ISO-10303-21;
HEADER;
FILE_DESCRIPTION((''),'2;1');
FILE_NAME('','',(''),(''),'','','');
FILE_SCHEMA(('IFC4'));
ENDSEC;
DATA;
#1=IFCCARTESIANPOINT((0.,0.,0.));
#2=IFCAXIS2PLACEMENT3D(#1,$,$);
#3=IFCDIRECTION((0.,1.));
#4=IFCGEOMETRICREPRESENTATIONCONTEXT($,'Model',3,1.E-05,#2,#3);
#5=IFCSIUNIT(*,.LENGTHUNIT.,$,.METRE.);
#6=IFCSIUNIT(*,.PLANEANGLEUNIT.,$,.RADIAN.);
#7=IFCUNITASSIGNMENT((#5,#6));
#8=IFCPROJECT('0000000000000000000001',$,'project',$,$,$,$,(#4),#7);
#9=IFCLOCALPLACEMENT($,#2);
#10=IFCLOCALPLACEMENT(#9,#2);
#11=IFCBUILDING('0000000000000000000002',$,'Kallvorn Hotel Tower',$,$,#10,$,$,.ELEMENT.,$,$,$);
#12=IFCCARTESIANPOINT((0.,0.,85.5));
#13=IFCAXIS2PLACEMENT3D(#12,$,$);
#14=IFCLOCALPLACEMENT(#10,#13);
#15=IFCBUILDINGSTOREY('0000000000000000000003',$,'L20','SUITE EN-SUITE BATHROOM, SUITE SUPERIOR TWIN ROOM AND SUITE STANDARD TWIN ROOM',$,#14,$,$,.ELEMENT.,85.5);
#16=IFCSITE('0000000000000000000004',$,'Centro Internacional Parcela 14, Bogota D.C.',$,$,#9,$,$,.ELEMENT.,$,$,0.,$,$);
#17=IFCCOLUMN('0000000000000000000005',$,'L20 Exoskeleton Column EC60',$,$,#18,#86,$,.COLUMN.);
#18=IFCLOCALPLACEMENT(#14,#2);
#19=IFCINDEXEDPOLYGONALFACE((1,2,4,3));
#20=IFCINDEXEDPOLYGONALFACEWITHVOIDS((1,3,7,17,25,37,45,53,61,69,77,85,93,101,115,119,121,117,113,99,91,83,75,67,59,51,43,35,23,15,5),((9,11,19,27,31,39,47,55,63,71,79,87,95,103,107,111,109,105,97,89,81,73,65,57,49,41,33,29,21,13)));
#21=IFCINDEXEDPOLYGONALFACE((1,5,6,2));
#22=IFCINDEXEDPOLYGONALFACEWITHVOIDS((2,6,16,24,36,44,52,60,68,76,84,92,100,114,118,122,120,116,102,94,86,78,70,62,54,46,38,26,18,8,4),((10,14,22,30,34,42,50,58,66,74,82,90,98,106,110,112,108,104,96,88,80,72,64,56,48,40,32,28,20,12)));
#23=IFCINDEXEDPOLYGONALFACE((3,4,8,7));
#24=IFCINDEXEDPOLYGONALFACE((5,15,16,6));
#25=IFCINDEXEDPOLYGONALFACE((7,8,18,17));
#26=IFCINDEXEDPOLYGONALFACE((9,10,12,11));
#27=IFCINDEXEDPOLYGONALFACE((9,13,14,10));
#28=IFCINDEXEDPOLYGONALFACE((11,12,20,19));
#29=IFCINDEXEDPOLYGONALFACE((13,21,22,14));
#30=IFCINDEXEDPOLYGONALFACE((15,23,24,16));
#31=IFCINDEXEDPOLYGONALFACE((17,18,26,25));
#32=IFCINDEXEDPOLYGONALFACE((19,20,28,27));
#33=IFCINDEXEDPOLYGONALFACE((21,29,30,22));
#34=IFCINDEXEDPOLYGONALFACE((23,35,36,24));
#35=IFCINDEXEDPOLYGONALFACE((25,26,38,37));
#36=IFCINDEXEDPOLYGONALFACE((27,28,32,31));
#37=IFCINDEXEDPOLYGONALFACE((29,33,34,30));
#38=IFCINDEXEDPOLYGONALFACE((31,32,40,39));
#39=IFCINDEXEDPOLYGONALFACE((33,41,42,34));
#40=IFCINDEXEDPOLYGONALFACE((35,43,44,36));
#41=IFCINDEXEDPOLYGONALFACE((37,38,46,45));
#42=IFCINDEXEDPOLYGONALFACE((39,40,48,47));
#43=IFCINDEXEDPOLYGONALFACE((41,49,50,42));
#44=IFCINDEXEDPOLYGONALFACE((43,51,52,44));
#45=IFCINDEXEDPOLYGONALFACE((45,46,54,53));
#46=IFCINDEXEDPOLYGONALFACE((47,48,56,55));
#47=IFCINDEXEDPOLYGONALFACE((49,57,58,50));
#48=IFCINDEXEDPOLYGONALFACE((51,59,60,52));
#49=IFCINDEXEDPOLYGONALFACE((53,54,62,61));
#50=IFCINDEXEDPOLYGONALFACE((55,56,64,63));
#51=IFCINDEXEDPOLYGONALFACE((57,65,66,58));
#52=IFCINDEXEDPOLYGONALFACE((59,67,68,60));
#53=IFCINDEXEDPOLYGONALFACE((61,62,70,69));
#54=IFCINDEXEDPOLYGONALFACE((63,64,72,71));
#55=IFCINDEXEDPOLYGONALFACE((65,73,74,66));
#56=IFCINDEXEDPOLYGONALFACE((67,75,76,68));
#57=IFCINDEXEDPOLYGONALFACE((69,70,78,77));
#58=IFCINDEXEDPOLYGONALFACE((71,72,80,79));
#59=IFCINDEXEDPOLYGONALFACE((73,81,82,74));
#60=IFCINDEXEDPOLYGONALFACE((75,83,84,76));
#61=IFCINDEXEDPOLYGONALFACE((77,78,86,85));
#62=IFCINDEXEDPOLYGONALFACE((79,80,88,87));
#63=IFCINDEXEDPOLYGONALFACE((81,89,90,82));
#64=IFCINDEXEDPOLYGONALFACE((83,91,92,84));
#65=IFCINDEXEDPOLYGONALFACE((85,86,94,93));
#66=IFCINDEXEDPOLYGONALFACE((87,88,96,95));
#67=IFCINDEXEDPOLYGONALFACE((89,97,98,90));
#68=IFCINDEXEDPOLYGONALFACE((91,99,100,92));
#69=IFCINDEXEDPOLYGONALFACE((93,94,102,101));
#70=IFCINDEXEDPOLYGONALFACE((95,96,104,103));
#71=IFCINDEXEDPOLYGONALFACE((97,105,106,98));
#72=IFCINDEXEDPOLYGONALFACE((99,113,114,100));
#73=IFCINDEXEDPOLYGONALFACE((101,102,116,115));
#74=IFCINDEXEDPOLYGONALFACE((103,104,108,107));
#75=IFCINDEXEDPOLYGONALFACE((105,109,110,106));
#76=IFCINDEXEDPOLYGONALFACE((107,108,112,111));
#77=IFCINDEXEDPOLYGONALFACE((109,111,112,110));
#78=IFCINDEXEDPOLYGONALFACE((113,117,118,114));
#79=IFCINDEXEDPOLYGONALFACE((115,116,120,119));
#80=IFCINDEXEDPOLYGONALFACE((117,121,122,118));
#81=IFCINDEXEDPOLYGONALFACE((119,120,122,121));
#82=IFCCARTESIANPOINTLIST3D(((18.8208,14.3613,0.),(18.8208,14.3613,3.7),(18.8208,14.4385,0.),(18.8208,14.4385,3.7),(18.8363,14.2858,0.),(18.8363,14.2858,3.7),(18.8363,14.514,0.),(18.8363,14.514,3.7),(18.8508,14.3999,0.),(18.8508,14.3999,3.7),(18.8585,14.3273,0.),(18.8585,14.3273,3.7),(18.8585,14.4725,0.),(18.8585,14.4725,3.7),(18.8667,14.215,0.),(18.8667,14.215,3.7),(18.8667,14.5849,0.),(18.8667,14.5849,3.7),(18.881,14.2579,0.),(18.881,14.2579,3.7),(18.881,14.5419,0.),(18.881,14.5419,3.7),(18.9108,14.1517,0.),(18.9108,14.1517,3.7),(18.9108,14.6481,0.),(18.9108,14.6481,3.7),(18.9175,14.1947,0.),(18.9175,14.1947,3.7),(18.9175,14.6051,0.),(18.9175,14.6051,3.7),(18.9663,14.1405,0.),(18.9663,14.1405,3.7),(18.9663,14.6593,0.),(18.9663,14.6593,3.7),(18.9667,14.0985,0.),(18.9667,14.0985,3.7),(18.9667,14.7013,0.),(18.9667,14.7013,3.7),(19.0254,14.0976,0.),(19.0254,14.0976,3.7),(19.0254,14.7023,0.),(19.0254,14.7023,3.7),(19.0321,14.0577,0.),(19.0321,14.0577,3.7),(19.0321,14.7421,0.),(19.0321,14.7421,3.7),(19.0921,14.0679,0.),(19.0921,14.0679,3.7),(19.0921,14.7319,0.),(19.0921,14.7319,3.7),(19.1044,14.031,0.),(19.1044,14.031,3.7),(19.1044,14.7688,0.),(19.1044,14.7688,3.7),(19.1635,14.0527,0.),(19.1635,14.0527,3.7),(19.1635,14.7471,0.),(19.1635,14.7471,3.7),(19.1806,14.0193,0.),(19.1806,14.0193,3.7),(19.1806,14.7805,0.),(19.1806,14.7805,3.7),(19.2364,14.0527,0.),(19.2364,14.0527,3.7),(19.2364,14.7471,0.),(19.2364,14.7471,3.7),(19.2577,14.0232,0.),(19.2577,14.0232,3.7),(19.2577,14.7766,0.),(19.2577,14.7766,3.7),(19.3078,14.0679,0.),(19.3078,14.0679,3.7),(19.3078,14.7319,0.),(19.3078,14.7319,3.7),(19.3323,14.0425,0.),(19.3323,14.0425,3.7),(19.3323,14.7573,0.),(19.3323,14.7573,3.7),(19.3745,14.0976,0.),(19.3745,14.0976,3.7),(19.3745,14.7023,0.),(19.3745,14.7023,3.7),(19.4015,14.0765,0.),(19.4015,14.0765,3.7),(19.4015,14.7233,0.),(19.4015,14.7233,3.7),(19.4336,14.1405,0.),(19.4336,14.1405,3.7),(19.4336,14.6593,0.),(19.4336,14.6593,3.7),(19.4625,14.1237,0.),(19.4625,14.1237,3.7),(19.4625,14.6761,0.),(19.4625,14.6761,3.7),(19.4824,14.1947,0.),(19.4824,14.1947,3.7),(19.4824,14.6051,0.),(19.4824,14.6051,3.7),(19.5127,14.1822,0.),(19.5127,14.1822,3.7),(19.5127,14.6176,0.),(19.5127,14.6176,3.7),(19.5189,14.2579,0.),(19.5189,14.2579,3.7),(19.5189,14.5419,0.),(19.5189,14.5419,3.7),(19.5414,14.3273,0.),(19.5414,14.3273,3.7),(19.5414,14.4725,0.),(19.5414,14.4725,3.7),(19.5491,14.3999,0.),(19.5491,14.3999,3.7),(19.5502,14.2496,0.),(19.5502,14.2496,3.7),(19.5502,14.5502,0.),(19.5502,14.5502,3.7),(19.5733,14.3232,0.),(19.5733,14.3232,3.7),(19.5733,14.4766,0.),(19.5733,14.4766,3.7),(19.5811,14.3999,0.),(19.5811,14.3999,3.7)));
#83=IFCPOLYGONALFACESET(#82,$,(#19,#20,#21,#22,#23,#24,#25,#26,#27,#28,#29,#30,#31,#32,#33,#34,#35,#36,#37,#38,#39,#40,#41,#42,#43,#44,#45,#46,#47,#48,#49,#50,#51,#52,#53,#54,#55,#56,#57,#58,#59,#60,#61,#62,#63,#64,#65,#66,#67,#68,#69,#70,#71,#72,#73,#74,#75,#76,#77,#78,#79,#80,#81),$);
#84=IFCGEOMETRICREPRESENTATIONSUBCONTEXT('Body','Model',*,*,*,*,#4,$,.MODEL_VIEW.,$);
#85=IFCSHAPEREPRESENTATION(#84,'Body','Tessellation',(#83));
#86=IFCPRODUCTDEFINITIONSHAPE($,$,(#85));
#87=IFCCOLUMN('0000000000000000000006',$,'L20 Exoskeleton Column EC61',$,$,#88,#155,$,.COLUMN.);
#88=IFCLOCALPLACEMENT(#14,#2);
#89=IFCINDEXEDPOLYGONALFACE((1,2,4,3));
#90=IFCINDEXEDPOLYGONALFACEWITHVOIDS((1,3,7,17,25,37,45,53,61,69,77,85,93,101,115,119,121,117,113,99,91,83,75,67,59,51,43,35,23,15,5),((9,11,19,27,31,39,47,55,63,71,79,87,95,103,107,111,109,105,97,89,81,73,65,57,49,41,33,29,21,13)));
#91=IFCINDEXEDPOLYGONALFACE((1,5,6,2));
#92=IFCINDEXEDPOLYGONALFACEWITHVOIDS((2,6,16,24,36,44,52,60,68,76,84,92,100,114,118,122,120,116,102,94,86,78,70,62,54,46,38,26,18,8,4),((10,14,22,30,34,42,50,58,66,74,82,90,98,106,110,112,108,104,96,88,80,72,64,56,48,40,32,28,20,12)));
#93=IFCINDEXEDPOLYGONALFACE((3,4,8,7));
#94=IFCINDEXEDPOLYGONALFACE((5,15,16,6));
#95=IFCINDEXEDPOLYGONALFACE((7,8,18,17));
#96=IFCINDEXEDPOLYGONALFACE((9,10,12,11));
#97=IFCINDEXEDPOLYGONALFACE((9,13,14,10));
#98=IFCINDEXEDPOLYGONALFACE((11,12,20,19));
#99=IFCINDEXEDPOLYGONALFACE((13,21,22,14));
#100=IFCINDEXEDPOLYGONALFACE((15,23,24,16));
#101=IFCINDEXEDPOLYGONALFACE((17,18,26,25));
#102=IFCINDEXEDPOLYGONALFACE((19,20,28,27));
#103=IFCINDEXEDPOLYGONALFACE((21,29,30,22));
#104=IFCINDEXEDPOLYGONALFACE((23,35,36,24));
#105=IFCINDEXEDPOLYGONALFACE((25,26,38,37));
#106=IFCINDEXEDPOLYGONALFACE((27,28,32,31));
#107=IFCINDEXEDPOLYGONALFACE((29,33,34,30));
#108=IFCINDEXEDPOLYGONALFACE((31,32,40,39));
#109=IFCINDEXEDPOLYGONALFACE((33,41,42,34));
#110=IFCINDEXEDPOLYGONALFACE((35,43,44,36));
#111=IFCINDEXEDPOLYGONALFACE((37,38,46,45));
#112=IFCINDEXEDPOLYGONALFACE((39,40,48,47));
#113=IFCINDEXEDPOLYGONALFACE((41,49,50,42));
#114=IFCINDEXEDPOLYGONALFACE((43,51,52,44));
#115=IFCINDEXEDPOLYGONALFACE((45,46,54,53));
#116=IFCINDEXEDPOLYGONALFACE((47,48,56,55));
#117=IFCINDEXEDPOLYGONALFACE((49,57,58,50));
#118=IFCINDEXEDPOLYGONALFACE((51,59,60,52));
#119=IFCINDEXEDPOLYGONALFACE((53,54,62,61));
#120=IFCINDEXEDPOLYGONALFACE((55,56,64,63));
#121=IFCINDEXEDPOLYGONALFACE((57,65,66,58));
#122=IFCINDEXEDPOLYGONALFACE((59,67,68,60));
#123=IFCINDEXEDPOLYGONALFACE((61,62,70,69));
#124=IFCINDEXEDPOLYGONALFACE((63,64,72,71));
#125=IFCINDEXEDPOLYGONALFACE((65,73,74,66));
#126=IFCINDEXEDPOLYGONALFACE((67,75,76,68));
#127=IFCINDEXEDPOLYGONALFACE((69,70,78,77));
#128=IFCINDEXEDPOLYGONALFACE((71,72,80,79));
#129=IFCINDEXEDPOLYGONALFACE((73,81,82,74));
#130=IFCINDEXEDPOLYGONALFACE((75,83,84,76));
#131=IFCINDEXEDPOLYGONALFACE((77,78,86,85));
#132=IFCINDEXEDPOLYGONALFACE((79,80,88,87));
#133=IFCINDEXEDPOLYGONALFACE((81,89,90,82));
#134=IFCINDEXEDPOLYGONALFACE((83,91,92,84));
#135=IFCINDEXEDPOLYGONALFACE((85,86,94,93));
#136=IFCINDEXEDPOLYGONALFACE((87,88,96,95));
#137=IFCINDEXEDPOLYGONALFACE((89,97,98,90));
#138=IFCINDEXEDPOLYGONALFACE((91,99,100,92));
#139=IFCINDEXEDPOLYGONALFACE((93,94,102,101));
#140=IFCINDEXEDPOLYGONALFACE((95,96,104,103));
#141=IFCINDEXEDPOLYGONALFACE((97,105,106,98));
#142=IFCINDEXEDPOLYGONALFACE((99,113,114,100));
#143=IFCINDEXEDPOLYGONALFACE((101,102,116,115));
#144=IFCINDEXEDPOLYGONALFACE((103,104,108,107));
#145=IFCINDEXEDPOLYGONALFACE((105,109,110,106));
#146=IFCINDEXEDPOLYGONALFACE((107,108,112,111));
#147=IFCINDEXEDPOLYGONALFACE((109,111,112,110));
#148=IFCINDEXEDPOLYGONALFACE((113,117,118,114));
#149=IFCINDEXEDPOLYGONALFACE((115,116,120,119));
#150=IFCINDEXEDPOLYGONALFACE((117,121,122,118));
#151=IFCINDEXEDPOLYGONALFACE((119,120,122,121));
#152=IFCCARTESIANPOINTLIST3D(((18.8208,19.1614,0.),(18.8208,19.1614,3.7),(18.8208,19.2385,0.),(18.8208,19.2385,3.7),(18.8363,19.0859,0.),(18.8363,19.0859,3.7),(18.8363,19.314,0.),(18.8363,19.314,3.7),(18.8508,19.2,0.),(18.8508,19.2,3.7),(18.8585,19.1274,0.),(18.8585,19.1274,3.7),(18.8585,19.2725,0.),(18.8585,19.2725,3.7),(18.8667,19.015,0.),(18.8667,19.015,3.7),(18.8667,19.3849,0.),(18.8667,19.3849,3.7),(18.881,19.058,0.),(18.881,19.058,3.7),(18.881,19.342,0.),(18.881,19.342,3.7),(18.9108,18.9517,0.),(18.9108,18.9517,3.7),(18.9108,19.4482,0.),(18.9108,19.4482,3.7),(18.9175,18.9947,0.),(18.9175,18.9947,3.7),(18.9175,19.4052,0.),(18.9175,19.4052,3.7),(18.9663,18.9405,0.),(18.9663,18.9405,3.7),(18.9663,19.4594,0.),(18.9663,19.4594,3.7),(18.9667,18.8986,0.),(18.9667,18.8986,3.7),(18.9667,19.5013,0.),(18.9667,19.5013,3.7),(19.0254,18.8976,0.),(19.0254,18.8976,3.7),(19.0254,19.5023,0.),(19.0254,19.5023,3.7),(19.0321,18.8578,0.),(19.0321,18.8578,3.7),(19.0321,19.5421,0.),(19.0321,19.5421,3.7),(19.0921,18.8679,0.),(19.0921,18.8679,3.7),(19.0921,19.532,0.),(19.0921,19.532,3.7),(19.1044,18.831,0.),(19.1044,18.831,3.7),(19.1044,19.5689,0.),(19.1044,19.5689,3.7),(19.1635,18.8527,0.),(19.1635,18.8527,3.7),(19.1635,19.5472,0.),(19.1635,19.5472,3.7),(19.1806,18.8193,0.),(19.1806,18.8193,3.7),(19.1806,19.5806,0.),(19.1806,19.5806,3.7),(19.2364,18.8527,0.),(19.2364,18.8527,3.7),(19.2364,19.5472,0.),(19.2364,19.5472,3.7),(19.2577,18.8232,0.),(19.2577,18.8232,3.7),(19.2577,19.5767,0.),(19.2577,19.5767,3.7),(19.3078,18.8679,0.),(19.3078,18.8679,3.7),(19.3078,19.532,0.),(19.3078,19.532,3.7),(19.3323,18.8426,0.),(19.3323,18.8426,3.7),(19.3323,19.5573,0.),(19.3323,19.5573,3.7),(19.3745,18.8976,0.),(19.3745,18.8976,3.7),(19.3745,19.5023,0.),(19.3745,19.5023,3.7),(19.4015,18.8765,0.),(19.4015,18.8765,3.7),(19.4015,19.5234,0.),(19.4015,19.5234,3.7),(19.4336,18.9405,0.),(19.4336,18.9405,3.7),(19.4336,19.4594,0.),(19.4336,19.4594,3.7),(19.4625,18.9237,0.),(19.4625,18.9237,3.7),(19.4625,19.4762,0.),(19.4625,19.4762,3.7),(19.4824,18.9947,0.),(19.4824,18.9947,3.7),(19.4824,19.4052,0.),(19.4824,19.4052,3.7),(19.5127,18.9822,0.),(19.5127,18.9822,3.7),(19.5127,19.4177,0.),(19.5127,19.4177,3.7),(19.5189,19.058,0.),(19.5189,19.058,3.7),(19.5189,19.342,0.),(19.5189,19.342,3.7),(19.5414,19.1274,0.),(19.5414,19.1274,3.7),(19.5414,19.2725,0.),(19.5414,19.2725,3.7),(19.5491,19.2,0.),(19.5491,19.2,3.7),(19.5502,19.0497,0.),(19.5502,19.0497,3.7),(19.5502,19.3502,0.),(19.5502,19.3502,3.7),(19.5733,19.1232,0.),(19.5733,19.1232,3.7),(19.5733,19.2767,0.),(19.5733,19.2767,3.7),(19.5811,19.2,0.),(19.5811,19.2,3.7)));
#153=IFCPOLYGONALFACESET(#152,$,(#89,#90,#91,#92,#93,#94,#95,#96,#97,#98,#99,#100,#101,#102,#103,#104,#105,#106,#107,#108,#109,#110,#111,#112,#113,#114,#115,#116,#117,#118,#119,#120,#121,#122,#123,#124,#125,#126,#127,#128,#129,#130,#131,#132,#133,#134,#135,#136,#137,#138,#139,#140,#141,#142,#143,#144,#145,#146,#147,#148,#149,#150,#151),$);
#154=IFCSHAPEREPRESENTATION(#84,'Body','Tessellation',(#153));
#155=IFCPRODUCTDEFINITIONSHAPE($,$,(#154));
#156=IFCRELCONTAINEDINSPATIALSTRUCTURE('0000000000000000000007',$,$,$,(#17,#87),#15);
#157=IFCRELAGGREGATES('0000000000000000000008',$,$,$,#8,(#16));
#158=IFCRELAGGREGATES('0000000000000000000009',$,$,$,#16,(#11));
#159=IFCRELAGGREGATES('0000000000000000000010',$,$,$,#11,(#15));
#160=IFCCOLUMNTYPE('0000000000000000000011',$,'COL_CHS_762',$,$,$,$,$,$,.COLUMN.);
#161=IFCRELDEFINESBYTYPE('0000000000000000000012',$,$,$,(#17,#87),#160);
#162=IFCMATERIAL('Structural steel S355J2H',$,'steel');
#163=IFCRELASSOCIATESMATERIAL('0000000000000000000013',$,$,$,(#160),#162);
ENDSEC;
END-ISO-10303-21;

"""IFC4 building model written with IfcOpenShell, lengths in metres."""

from ifc_helpers import new_model, si_unit, direction, frame, origin, origin_2d, place, context, subcontext, project, spatial, hollow_circle, extrude, material, material_profile, profile_set, type_object, element, save


model = new_model("IFC4")

# Units and contexts
model_context = context("Model", 3, precision=1e-05, world=origin(), true_north=direction((0.0, 1.0)))
body_context = subcontext(model_context, "Body", "Model", "MODEL_VIEW")
ifc_project = project(units=[si_unit("LENGTHUNIT", "METRE"), si_unit("PLANEANGLEUNIT", "RADIAN")], contexts=[model_context])

# Site, building, storey
site_placement = place(None, origin())
site = spatial("IfcSite", under=ifc_project, at=site_placement, Name="Centro Internacional Parcela 14, Bogota D.C.", CompositionType="ELEMENT", RefElevation=0.0)
building_placement = place(site_placement, origin())
building = spatial("IfcBuilding", under=site, at=building_placement, Name="Kallvorn Hotel Tower", CompositionType="ELEMENT")
storey_placement = place(building_placement, frame((0.0, 0.0, 85.5)))
storey = spatial("IfcBuildingStorey", under=building, at=storey_placement, Name="L20", Description="SUITE EN-SUITE BATHROOM, SUITE SUPERIOR TWIN ROOM AND SUITE STANDARD TWIN ROOM", CompositionType="ELEMENT", Elevation=85.5)

# Columns
ifc_material_1 = material(Name="Structural steel S355J2H", Category="steel")
ifc_material_profile_1 = material_profile(ifc_material_1, hollow_circle(Radius=0.3811, WallThickness=0.032, at=origin_2d()), Name="CHS 762x32")
ifc_profile_set_1 = profile_set([ifc_material_profile_1], Name="Structural steel S355J2H")
column_type_1 = type_object("IfcColumnType", Name="COL_CHS_762", PredefinedType="COLUMN", material=ifc_profile_set_1)
for number, where, z_axis, x_axis, name in (
    (1, (19.2, 14.3999, 0.0), (0.0, 0.0, 1.0), (1.0, 0.0, 0.0), "L20 Exoskeleton Column EC60"),
    (2, (19.2, 19.2, 0.0), (0.0, 0.0, 1.0), (1.0, 0.0, 0.0), "L20 Exoskeleton Column EC61"),
):
    element("IfcColumn", number, at=place(storey_placement, frame(where, z_axis=z_axis, x_axis=x_axis)), inside=storey, type_object=column_type_1, Name=name, PredefinedType="COLUMN", context=body_context, shape_type="SweptSolid", body=[
        extrude(hollow_circle(Radius=0.3811, WallThickness=0.032, at=origin_2d()), origin(), (0.0, 0.0, 1.0), 3.7),
    ])

save(model, "model.ifc")
